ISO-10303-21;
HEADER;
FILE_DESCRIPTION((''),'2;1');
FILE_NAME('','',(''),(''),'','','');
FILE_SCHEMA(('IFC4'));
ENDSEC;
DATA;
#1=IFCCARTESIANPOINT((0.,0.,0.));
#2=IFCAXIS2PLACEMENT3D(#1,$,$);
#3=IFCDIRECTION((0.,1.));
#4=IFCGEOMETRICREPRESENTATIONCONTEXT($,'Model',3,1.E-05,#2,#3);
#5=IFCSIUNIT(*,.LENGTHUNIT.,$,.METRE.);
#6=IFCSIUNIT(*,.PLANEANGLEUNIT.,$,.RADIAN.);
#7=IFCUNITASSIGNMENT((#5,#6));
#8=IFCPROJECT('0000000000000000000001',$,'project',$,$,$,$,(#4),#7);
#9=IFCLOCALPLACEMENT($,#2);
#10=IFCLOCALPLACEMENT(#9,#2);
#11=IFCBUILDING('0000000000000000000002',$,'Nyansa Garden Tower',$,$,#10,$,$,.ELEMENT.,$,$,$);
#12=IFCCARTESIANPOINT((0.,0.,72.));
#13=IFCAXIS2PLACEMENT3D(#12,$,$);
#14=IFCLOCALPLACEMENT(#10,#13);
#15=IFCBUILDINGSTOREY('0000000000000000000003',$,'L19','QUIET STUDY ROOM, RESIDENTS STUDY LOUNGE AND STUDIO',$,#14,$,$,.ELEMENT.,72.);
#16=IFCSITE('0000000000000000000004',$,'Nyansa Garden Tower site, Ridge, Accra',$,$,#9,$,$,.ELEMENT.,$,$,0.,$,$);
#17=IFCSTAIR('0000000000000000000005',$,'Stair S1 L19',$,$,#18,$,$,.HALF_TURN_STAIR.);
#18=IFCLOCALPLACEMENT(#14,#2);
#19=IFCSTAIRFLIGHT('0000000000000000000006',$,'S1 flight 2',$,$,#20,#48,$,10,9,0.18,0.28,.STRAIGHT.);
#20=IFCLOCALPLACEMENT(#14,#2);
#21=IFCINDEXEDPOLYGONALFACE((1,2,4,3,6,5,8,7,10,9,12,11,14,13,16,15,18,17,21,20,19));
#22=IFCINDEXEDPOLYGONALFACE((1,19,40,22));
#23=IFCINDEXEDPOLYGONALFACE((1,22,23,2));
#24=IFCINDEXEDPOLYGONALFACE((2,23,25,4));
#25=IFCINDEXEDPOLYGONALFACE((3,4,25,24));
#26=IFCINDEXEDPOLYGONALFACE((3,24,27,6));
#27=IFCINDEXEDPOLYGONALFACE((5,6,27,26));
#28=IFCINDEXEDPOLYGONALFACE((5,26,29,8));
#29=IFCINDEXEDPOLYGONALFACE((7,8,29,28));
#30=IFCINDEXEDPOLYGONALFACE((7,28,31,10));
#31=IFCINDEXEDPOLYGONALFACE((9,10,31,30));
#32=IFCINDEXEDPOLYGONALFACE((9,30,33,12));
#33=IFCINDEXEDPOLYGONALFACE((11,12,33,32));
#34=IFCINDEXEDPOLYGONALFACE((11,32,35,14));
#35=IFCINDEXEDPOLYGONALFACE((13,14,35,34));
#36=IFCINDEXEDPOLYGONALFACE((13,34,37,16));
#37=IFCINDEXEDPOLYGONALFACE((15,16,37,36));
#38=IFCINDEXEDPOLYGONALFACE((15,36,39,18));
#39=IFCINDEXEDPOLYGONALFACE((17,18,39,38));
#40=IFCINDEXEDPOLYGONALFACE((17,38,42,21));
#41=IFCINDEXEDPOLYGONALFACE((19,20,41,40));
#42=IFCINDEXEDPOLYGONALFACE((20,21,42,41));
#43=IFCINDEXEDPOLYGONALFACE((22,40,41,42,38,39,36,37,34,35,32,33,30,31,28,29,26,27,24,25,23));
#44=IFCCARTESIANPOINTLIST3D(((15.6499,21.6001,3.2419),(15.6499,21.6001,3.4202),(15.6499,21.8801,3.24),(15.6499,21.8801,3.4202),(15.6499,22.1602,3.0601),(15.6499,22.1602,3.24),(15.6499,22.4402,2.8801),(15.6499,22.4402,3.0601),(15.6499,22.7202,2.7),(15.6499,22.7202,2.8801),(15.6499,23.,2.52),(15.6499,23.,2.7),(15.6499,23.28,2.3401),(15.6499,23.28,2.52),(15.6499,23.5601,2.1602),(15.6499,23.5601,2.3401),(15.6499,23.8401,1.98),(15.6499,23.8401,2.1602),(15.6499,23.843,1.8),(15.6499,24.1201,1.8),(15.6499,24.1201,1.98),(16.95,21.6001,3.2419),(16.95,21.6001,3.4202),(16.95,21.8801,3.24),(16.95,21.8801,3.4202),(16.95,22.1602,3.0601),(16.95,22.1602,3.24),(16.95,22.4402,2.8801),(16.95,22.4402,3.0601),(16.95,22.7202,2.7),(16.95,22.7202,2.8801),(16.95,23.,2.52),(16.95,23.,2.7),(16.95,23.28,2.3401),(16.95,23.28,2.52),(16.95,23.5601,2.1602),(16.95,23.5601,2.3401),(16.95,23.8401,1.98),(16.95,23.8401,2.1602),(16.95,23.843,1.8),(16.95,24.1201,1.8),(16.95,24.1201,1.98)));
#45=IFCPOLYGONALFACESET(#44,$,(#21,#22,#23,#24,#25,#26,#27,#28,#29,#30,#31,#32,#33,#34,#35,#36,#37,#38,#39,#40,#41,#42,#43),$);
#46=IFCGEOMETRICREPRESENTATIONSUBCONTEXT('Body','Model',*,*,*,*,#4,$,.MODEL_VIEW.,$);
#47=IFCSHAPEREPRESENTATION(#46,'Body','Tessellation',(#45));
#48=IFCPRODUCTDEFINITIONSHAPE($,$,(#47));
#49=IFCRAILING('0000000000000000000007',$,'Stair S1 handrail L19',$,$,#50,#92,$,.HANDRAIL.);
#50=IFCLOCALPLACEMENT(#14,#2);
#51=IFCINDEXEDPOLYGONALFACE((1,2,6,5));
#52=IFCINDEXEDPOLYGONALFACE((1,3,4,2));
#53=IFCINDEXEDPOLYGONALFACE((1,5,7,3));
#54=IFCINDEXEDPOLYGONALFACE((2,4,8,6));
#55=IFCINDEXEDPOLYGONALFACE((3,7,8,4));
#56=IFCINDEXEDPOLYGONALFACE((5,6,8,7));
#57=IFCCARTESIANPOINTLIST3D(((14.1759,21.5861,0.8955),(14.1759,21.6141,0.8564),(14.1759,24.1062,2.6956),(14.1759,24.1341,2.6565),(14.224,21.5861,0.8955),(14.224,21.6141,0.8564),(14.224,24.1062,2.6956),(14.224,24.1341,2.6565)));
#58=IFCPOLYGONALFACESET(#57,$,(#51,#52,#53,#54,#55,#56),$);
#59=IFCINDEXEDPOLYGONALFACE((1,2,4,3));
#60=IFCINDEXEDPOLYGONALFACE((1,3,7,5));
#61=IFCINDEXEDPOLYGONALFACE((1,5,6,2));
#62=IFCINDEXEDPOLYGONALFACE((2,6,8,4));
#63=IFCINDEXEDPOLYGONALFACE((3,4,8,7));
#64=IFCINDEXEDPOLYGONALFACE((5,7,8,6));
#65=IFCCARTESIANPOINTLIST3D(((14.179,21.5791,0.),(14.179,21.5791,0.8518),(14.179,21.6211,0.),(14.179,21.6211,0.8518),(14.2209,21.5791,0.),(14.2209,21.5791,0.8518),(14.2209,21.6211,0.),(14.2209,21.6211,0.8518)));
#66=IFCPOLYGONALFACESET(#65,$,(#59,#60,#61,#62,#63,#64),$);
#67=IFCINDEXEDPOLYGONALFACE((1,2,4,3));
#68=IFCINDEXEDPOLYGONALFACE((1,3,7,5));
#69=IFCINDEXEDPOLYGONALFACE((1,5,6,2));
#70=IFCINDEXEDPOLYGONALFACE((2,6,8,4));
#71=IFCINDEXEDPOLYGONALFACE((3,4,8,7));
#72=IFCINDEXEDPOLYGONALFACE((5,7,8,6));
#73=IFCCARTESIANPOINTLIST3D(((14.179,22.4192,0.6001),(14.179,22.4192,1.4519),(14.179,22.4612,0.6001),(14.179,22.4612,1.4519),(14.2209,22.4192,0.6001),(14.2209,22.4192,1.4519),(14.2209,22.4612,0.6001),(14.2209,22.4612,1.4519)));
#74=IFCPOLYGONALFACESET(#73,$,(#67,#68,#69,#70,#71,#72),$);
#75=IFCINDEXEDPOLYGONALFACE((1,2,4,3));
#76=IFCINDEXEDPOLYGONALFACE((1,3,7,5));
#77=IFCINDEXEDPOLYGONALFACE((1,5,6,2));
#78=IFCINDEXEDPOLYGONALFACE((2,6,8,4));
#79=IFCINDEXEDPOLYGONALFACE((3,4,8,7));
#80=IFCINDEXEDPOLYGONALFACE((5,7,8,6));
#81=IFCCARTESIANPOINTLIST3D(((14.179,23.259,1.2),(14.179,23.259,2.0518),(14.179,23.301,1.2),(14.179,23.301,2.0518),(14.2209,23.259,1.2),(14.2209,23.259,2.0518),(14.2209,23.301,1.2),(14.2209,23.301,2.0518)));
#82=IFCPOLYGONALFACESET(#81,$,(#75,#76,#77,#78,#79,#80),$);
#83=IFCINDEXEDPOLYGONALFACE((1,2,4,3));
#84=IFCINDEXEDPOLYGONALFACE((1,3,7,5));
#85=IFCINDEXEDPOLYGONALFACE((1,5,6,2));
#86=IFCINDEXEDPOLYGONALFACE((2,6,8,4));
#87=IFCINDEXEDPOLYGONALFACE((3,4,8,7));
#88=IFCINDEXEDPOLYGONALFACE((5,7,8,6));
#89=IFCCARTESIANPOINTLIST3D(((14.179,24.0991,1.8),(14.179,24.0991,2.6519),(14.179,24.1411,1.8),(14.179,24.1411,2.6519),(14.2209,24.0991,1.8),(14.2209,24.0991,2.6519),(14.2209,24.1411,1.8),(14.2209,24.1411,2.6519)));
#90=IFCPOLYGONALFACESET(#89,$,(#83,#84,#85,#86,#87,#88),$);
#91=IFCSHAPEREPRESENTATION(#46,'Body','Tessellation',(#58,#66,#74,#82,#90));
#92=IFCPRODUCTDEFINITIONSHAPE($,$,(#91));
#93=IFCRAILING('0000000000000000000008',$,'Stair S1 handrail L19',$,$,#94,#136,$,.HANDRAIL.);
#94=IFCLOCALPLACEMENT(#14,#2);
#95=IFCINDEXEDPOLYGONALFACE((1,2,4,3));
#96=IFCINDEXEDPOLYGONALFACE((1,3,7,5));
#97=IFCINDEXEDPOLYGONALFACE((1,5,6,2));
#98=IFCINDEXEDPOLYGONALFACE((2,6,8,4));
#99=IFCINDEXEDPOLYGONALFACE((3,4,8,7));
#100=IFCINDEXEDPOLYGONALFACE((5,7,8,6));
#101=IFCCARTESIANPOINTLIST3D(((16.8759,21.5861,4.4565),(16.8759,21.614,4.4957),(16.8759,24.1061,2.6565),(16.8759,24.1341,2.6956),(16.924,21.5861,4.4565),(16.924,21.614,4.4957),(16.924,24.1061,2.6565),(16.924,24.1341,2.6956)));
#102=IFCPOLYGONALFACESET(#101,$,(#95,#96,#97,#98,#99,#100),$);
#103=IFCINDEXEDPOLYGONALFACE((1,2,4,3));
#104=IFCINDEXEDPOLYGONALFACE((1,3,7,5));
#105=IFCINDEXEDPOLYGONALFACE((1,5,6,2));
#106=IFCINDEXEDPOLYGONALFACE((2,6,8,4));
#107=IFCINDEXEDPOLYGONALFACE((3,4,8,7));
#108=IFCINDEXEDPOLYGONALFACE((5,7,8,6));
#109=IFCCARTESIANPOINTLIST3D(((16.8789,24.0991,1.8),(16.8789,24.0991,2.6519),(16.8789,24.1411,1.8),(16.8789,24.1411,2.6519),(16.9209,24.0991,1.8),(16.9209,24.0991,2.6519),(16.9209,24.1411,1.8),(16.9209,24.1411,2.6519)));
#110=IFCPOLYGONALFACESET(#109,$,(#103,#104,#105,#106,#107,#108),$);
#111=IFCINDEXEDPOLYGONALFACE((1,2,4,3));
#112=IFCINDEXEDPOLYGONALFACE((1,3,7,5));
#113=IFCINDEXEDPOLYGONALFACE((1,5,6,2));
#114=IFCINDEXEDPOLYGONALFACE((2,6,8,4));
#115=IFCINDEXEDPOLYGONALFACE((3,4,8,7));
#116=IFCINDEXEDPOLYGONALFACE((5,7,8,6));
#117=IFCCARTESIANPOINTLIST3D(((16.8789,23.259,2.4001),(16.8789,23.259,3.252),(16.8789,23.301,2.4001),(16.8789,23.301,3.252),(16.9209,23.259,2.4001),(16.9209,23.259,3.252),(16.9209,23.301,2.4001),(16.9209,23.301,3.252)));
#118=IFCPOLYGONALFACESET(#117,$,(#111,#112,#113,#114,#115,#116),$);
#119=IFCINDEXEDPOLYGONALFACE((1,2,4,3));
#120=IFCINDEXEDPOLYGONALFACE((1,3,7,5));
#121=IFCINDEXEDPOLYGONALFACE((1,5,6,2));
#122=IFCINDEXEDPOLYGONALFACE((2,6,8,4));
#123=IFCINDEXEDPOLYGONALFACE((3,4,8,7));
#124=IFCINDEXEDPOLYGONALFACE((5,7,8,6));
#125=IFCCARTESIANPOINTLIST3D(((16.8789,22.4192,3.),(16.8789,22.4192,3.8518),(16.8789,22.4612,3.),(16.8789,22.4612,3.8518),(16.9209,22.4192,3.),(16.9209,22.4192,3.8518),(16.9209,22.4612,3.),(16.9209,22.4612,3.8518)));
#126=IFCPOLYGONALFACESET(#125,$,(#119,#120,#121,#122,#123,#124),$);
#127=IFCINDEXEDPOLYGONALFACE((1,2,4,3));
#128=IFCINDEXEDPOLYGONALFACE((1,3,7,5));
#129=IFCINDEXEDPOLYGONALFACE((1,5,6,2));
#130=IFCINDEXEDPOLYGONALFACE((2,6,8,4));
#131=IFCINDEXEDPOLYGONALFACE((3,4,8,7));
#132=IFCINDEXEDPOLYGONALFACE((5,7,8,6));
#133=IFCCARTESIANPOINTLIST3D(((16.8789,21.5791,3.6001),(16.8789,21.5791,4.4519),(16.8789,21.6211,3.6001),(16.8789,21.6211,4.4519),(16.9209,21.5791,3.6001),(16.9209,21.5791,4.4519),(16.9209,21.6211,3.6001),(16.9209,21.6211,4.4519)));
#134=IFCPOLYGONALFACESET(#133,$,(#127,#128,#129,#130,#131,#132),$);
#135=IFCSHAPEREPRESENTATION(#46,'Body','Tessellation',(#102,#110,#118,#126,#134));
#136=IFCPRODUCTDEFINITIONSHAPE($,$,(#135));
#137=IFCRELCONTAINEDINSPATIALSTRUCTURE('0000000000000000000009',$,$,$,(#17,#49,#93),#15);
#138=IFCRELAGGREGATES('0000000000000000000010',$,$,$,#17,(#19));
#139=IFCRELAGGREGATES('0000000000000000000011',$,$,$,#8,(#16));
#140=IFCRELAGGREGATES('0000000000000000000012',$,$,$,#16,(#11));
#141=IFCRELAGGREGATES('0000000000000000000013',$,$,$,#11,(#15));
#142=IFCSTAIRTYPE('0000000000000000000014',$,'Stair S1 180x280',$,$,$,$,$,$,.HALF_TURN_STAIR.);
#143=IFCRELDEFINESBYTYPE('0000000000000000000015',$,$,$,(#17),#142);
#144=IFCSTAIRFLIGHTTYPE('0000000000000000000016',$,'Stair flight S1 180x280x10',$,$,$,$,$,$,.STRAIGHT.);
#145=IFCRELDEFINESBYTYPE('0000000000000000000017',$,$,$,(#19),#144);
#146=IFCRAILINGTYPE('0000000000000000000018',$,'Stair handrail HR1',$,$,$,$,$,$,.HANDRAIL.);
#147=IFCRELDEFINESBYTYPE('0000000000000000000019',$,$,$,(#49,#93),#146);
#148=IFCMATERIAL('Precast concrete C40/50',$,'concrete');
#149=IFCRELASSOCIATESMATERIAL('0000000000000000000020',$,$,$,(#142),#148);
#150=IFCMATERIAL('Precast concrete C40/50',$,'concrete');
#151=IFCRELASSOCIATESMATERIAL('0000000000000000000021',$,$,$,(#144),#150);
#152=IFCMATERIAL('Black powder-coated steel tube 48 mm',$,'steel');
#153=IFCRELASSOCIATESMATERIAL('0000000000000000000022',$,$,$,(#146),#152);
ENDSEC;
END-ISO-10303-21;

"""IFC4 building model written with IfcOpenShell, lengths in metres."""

from ifc_helpers import new_model, si_unit, direction, frame, origin, origin_2d, place, context, subcontext, project, spatial, polyline, rectangle, outline, extrude, material, type_object, element, aggregate, save


model = new_model("IFC4")

# Units and contexts
model_context = context("Model", 3, precision=1e-05, world=origin(), true_north=direction((0.0, 1.0)))
body_context = subcontext(model_context, "Body", "Model", "MODEL_VIEW")
ifc_project = project(units=[si_unit("LENGTHUNIT", "METRE"), si_unit("PLANEANGLEUNIT", "RADIAN")], contexts=[model_context])

# Site, building, storey
site_placement = place(None, origin())
site = spatial("IfcSite", under=ifc_project, at=site_placement, Name="Nyansa Garden Tower site, Ridge, Accra", CompositionType="ELEMENT", RefElevation=0.0)
building_placement = place(site_placement, origin())
building = spatial("IfcBuilding", under=site, at=building_placement, Name="Nyansa Garden Tower", CompositionType="ELEMENT")
storey_placement = place(building_placement, frame((0.0, 0.0, 72.0)))
storey = spatial("IfcBuildingStorey", under=building, at=storey_placement, Name="L19", Description="QUIET STUDY ROOM, RESIDENTS STUDY LOUNGE AND STUDIO", CompositionType="ELEMENT", Elevation=72.0)

# Stair, stair flight
ifc_material_1 = material(Name="Precast concrete C40/50", Category="concrete")
stair_type = type_object("IfcStairType", Name="Stair S1 180x280", PredefinedType="HALF_TURN_STAIR", material=ifc_material_1)
stair_placement = place(storey_placement, origin())
stair = element("IfcStair", 1, at=stair_placement, inside=storey, type_object=stair_type, Name="Stair S1 L19", PredefinedType="HALF_TURN_STAIR")
ifc_material_2 = material(Name="Precast concrete C40/50", Category="concrete")
stair_flight_type = type_object("IfcStairFlightType", Name="Stair flight S1 180x280x10", PredefinedType="STRAIGHT", material=ifc_material_2)
stair_flight_1_placement = place(storey_placement, frame((16.3, 24.1201, 1.8), z_axis=(0.0, 0.0, 1.0), x_axis=(0.0, -1.0, 0.0)))
stair_flight_1 = element("IfcStairFlight", 2, at=stair_flight_1_placement, type_object=stair_flight_type, Name="S1 flight 2", NumberOfRisers=10, NumberOfTreads=9, PredefinedType="STRAIGHT", RiserHeight=0.18, TreadLength=0.28, context=body_context, shape_type="SweptSolid", body=[
    extrude(outline(polyline([(0.0, 0.0), (0.0, 0.1799), (0.28, 0.1799), (0.28, 0.3601), (0.5601, 0.3601), (0.5601, 0.54), (0.8401, 0.54), (0.8401, 0.72), (1.1201, 0.72), (1.1201, 0.8999), (1.3999, 0.8999), (1.3999, 1.0801), (1.6799, 1.0801), (1.6799, 1.26), (1.96, 1.26), (1.96, 1.4399), (2.24, 1.4399), (2.24, 1.6201), (2.52, 1.6201), (2.52, 1.8), (2.52, 1.4419), (0.2771, 0.0), (0.0, 0.0)])), frame((0.0, 0.6499, 0.0), z_axis=(0.0, -1.0, 0.0), x_axis=(1.0, 0.0, 0.0)), (0.0, 0.0, 1.0), 1.3),
])
aggregate(stair, [stair_flight_1])

# Railings
ifc_material_3 = material(Name="Black powder-coated steel tube 48 mm", Category="steel")
railing_type = type_object("IfcRailingType", Name="Stair handrail HR1", PredefinedType="HANDRAIL", material=ifc_material_3)
railing_1_placement = place(storey_placement, frame((14.2, 21.6001, 0.0)))
element("IfcRailing", 3, at=railing_1_placement, inside=storey, type_object=railing_type, Name="Stair S1 handrail L19", PredefinedType="HANDRAIL", context=body_context, shape_type="SweptSolid", body=[
    extrude(rectangle(XDim=0.0481, YDim=0.0481, at=origin_2d()), frame((0.0, 0.0, 0.876), z_axis=(0.0, 0.813728, 0.581246), x_axis=(-1.0, 0.0, 0.0)), (0.0, 0.0, 1.0), 3.0969),
    extrude(rectangle(XDim=0.042, YDim=0.042, at=origin_2d()), origin(), (0.0, 0.0, 1.0), 0.8518),
    extrude(rectangle(XDim=0.042, YDim=0.042, at=origin_2d()), frame((0.0, 0.8401, 0.6001)), (0.0, 0.0, 1.0), 0.8518),
    extrude(rectangle(XDim=0.042, YDim=0.042, at=origin_2d()), frame((0.0, 1.6799, 1.2)), (0.0, 0.0, 1.0), 0.8518),
    extrude(rectangle(XDim=0.042, YDim=0.042, at=origin_2d()), frame((0.0, 2.52, 1.8)), (0.0, 0.0, 1.0), 0.8518),
])
railing_2_placement = place(storey_placement, frame((16.8999, 24.1201, 1.8)))
element("IfcRailing", 4, at=railing_2_placement, inside=storey, type_object=railing_type, Name="Stair S1 handrail L19", PredefinedType="HANDRAIL", context=body_context, shape_type="SweptSolid", body=[
    extrude(rectangle(XDim=0.0481, YDim=0.0481, at=origin_2d()), frame((0.0, 0.0, 0.876), z_axis=(0.0, -0.813728, 0.581246), x_axis=(1.0, 0.0, 0.0)), (0.0, 0.0, 1.0), 3.0969),
    extrude(rectangle(XDim=0.042, YDim=0.042, at=origin_2d()), origin(), (0.0, 0.0, 1.0), 0.8518),
    extrude(rectangle(XDim=0.042, YDim=0.042, at=origin_2d()), frame((0.0, -0.8401, 0.6001)), (0.0, 0.0, 1.0), 0.8518),
    extrude(rectangle(XDim=0.042, YDim=0.042, at=origin_2d()), frame((0.0, -1.6799, 1.2)), (0.0, 0.0, 1.0), 0.8518),
    extrude(rectangle(XDim=0.042, YDim=0.042, at=origin_2d()), frame((0.0, -2.52, 1.8)), (0.0, 0.0, 1.0), 0.8518),
])

save(model, "model.ifc")
